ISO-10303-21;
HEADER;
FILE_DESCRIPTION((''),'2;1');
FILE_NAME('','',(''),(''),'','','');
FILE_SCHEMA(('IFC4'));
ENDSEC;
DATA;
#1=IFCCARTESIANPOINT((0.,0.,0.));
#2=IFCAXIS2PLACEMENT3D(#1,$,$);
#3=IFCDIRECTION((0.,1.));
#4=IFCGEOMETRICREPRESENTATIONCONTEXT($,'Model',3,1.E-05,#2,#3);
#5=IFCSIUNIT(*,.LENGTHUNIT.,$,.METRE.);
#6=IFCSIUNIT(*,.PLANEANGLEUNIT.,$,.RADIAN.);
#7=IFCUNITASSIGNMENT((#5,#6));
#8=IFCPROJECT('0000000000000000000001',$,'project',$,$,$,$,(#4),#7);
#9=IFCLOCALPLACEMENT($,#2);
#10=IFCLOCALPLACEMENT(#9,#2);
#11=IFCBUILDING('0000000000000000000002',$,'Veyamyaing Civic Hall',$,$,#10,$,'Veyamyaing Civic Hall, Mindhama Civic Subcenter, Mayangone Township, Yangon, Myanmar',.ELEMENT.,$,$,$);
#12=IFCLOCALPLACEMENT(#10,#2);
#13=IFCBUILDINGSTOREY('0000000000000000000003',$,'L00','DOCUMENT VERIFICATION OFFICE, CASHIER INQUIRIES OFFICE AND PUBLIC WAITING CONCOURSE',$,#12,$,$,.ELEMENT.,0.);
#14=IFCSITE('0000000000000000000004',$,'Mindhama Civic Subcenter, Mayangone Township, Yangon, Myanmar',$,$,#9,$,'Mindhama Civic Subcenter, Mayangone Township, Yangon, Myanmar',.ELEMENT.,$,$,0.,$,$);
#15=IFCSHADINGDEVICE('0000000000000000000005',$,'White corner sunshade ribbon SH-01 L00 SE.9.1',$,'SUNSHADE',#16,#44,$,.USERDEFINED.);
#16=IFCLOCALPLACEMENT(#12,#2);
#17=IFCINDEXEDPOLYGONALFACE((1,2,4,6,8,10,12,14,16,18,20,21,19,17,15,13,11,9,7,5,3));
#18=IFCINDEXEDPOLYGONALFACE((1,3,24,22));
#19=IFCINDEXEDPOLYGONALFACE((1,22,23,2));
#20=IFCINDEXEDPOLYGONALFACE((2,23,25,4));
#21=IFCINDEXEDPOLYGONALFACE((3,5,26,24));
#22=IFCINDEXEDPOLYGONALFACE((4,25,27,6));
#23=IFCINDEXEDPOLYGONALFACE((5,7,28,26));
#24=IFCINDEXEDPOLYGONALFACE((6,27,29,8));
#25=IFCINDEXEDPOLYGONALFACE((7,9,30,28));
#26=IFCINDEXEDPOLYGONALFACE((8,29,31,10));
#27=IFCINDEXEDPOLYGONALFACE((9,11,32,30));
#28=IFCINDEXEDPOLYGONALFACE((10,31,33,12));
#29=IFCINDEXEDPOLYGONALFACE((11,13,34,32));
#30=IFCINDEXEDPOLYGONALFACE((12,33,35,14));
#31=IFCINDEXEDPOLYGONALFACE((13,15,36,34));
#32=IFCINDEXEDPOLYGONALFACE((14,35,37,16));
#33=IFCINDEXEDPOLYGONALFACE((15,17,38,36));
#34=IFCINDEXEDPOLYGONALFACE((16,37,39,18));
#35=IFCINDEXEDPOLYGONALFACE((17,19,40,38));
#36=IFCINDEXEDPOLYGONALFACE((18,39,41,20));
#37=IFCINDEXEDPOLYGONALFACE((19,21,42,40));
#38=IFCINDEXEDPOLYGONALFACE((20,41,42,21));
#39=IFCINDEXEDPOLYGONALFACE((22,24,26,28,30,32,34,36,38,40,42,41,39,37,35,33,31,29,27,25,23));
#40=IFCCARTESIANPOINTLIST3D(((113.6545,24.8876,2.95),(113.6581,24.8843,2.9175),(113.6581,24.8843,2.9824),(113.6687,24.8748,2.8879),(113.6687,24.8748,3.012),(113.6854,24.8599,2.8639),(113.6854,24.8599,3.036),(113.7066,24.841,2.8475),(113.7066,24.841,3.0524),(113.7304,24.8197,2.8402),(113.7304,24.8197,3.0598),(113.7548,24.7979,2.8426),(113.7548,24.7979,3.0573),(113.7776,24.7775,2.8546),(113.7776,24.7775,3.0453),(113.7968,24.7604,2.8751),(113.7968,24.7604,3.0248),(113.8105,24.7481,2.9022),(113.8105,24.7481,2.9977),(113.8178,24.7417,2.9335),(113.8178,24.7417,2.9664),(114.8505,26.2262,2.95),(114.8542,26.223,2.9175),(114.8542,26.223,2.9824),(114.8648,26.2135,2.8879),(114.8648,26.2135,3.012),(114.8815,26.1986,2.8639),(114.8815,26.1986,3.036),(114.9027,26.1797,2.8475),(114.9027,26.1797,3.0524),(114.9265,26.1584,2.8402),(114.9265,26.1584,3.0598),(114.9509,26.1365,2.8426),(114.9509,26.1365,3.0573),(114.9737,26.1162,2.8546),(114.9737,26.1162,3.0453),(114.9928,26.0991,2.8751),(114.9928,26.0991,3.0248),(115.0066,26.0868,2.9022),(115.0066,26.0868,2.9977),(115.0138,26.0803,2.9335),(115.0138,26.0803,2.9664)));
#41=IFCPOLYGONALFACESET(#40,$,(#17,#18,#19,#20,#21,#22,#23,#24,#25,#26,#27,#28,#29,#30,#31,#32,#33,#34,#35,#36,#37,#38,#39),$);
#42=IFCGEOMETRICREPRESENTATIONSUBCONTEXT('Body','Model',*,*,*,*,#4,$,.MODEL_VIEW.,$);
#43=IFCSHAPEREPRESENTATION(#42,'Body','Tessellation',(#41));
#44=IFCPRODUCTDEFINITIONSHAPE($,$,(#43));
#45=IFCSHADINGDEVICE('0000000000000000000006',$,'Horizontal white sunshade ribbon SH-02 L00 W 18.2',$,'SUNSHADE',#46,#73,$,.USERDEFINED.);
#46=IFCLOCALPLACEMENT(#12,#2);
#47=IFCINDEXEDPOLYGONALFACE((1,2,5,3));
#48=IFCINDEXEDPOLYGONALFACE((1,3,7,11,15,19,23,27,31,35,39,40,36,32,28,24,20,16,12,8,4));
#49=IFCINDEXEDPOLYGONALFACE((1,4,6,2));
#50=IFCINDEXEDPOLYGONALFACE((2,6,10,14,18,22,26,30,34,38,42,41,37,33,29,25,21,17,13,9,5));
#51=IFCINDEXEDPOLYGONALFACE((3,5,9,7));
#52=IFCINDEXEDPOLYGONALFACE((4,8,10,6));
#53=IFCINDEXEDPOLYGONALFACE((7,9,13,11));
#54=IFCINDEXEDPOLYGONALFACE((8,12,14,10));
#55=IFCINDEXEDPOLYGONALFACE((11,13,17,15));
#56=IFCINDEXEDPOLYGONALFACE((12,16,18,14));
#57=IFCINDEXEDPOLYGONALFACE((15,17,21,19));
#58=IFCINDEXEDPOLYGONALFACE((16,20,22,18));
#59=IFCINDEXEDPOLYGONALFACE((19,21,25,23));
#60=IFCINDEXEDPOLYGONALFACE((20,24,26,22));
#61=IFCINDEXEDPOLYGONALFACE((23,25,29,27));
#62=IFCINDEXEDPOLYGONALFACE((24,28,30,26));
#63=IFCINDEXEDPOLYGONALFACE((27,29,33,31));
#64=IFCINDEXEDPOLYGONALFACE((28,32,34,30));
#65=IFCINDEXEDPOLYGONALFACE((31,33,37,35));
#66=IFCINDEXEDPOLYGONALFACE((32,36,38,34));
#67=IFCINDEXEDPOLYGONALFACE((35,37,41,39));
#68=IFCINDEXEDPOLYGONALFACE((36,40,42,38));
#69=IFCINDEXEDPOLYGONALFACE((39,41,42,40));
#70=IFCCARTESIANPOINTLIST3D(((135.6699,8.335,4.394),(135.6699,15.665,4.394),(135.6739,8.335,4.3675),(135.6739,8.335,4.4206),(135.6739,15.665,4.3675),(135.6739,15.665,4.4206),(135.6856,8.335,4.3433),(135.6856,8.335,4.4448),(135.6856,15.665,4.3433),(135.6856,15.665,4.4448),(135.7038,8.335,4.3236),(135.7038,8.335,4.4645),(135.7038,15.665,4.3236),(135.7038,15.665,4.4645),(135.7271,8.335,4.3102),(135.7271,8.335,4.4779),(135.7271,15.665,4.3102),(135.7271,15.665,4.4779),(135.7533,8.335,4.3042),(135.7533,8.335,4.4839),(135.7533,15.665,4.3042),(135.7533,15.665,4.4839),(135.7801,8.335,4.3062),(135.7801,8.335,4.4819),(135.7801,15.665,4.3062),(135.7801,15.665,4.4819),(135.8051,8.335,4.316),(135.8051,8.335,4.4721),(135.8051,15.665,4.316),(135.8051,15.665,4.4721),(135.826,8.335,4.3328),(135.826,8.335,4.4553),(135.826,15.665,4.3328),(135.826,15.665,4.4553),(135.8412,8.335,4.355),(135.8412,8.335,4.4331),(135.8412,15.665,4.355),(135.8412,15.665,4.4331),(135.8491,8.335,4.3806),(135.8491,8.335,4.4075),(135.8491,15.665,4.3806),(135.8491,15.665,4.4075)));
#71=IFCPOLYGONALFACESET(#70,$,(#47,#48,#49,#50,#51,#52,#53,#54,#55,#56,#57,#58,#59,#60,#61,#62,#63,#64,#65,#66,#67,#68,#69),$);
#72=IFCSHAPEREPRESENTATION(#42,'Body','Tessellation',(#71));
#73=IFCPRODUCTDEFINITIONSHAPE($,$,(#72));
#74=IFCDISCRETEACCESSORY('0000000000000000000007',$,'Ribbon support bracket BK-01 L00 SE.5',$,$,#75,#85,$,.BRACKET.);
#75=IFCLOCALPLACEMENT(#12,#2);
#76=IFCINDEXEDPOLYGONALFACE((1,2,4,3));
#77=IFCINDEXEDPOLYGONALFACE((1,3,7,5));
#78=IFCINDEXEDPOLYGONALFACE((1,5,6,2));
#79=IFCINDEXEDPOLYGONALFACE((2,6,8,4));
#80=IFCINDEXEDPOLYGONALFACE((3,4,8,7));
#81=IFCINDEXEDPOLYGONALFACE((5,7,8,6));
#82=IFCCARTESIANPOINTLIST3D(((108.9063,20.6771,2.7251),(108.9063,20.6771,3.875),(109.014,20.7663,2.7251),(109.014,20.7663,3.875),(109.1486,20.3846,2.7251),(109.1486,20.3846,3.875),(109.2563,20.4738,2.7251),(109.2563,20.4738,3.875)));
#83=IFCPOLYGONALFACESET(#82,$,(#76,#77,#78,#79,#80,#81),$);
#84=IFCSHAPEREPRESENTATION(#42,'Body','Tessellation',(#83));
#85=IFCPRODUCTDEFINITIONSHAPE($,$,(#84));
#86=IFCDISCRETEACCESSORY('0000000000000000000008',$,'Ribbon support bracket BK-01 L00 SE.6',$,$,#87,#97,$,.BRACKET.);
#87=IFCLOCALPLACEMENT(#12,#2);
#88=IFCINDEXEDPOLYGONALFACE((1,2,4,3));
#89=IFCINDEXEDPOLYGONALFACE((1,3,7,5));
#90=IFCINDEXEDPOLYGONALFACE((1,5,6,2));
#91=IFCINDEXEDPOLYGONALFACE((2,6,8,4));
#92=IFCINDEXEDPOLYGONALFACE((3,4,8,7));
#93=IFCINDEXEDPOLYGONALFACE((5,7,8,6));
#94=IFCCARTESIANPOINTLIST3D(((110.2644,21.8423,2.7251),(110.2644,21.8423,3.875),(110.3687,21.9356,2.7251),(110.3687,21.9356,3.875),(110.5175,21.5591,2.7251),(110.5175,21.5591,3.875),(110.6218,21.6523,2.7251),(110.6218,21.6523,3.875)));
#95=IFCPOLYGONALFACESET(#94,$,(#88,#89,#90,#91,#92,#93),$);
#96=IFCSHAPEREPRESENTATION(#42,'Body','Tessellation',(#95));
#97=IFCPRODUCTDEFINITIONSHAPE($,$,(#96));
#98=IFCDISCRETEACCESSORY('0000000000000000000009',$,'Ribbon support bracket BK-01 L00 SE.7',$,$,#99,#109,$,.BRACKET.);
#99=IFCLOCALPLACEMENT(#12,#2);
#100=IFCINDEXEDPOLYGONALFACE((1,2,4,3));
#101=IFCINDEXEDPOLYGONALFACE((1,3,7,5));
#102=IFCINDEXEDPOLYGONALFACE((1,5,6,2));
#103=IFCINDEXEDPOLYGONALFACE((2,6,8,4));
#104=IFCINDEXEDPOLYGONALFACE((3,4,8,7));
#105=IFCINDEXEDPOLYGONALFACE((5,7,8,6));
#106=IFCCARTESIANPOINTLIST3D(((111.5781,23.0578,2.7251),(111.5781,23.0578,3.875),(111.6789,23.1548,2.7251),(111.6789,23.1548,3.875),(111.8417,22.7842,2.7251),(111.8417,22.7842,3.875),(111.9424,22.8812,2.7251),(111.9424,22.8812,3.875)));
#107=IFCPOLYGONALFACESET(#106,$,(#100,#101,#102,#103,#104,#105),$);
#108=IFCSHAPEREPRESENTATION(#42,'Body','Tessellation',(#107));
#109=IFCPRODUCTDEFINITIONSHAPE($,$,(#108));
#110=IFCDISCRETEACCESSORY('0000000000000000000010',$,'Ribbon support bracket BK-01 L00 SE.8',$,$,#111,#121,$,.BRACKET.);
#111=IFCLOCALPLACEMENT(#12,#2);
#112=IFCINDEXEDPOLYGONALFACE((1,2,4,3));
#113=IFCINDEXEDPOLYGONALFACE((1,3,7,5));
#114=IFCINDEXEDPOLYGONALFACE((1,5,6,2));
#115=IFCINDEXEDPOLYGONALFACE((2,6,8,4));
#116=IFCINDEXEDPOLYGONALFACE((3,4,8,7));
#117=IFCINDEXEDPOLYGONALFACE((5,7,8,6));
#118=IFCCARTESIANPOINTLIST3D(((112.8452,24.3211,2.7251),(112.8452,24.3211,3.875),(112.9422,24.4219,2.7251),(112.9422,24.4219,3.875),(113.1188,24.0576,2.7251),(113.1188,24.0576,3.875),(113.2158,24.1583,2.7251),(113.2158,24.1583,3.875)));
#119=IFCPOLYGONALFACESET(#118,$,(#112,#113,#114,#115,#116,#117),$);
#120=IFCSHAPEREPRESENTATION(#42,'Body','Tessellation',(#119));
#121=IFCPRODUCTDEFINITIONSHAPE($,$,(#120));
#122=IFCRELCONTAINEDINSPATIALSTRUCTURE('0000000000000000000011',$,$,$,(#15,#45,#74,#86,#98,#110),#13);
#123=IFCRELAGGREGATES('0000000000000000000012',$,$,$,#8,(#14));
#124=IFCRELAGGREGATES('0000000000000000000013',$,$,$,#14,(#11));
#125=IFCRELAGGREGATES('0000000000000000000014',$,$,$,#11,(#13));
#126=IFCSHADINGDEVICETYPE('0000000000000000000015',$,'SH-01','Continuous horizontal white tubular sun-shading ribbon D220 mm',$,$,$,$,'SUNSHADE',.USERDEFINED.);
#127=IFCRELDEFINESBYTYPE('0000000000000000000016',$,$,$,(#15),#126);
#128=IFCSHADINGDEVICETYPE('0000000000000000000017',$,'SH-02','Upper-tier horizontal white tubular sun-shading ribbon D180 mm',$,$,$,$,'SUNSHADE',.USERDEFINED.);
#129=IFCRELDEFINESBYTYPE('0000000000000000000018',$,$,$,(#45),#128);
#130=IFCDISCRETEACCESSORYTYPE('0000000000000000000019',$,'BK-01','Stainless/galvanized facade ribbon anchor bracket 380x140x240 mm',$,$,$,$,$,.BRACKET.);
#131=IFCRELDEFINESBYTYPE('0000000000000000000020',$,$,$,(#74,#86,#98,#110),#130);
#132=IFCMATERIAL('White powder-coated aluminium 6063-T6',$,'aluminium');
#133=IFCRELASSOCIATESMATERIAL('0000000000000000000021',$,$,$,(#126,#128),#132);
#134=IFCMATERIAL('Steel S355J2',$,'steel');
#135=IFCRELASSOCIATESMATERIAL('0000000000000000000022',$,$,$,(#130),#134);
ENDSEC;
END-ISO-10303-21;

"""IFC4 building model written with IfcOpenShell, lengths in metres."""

from ifc_helpers import new_model, si_unit, direction, frame, origin, origin_2d, place, context, subcontext, project, spatial, rectangle, circle, extrude, material, material_profile, profile_set, type_object, element, save


model = new_model("IFC4")

# Units and contexts
model_context = context("Model", 3, precision=1e-05, world=origin(), true_north=direction((0.0, 1.0)))
body_context = subcontext(model_context, "Body", "Model", "MODEL_VIEW")
ifc_project = project(units=[si_unit("LENGTHUNIT", "METRE"), si_unit("PLANEANGLEUNIT", "RADIAN")], contexts=[model_context])

# Site, building, storey
site_placement = place(None, origin())
site = spatial("IfcSite", under=ifc_project, at=site_placement, Name="Mindhama Civic Subcenter, Mayangone Township, Yangon, Myanmar", LongName="Mindhama Civic Subcenter, Mayangone Township, Yangon, Myanmar", CompositionType="ELEMENT", RefElevation=0.0)
building_placement = place(site_placement, origin())
building = spatial("IfcBuilding", under=site, at=building_placement, Name="Veyamyaing Civic Hall", LongName="Veyamyaing Civic Hall, Mindhama Civic Subcenter, Mayangone Township, Yangon, Myanmar", CompositionType="ELEMENT")
storey_placement = place(building_placement, origin())
storey = spatial("IfcBuildingStorey", under=building, at=storey_placement, Name="L00", Description="DOCUMENT VERIFICATION OFFICE, CASHIER INQUIRIES OFFICE AND PUBLIC WAITING CONCOURSE", CompositionType="ELEMENT", Elevation=0.0)

# Shared definitions
ifc_material_1 = material(Name="White powder-coated aluminium 6063-T6", Category="aluminium")

# Shared definitions
ifc_material_2 = material(Name="Steel S355J2", Category="steel")

# Shading devices
ifc_material_profile_1 = material_profile(ifc_material_1, circle(Radius=0.1101, at=origin_2d()), Name="SHADE-TUBE-220")
ifc_profile_set_1 = profile_set([ifc_material_profile_1], Name="White powder-coated aluminium 6063-T6")
shading_device_type_1 = type_object("IfcShadingDeviceType", Name="SH-01", Description="Continuous horizontal white tubular sun-shading ribbon D220 mm", ElementType="SUNSHADE", PredefinedType="USERDEFINED", material=ifc_profile_set_1)
shading_device_1_placement = place(storey_placement, frame((113.7366, 24.8142, 2.95), z_axis=(0.666278, 0.745704, 0.0), x_axis=(-0.745704, 0.666278, 0.0)))
element("IfcShadingDevice", 1, at=shading_device_1_placement, inside=storey, type_object=shading_device_type_1, Name="White corner sunshade ribbon SH-01 L00 SE.9.1", ObjectType="SUNSHADE", PredefinedType="USERDEFINED", context=body_context, shape_type="SweptSolid", body=[
    extrude(circle(Radius=0.1101, at=origin_2d()), origin(), (0.0, 0.0, 1.0), 1.7952),
])
ifc_material_profile_2 = material_profile(ifc_material_1, circle(Radius=0.0901, at=origin_2d()), Name="SHADE-TUBE-180")
ifc_profile_set_2 = profile_set([ifc_material_profile_2], Name="White powder-coated aluminium 6063-T6")
shading_device_type_2 = type_object("IfcShadingDeviceType", Name="SH-02", Description="Upper-tier horizontal white tubular sun-shading ribbon D180 mm", ElementType="SUNSHADE", PredefinedType="USERDEFINED", material=ifc_profile_set_2)
shading_device_2_placement = place(storey_placement, frame((135.76, 8.335, 4.394), z_axis=(0.0, 1.0, 0.0), x_axis=(-1.0, 0.0, 0.0)))
element("IfcShadingDevice", 2, at=shading_device_2_placement, inside=storey, type_object=shading_device_type_2, Name="Horizontal white sunshade ribbon SH-02 L00 W 18.2", ObjectType="SUNSHADE", PredefinedType="USERDEFINED", context=body_context, shape_type="SweptSolid", body=[
    extrude(circle(Radius=0.0901, at=origin_2d()), origin(), (0.0, 0.0, 1.0), 7.3301),
])

# Discrete accessories
discrete_accessory_type = type_object("IfcDiscreteAccessoryType", Name="BK-01", Description="Stainless/galvanized facade ribbon anchor bracket 380x140x240 mm", PredefinedType="BRACKET", material=ifc_material_2)
for number, where, z_axis, x_axis, name in (
    (3, (109.0813, 20.5754, 2.7251), (0.0, 0.0, 1.0), (0.638, -0.770036, 0.0), "Ribbon support bracket BK-01 L00 SE.5"),
    (4, (110.4431, 21.7473, 2.7251), (0.0, 0.0, 1.0), (0.666347, -0.745642, 0.0), "Ribbon support bracket BK-01 L00 SE.6"),
    (5, (111.7603, 22.9695, 2.7251), (0.0, 0.0, 1.0), (0.693761, -0.720205, 0.0), "Ribbon support bracket BK-01 L00 SE.7"),
    (6, (113.0305, 24.2397, 2.7251), (0.0, 0.0, 1.0), (0.720205, -0.693761, 0.0), "Ribbon support bracket BK-01 L00 SE.8"),
):
    element("IfcDiscreteAccessory", number, at=place(storey_placement, frame(where, z_axis=z_axis, x_axis=x_axis)), inside=storey, type_object=discrete_accessory_type, Name=name, PredefinedType="BRACKET", context=body_context, shape_type="SweptSolid", body=[
        extrude(rectangle(XDim=0.3799, YDim=0.1399, at=origin_2d()), origin(), (0.0, 0.0, 1.0), 1.1499),
    ])

save(model, "model.ifc")
